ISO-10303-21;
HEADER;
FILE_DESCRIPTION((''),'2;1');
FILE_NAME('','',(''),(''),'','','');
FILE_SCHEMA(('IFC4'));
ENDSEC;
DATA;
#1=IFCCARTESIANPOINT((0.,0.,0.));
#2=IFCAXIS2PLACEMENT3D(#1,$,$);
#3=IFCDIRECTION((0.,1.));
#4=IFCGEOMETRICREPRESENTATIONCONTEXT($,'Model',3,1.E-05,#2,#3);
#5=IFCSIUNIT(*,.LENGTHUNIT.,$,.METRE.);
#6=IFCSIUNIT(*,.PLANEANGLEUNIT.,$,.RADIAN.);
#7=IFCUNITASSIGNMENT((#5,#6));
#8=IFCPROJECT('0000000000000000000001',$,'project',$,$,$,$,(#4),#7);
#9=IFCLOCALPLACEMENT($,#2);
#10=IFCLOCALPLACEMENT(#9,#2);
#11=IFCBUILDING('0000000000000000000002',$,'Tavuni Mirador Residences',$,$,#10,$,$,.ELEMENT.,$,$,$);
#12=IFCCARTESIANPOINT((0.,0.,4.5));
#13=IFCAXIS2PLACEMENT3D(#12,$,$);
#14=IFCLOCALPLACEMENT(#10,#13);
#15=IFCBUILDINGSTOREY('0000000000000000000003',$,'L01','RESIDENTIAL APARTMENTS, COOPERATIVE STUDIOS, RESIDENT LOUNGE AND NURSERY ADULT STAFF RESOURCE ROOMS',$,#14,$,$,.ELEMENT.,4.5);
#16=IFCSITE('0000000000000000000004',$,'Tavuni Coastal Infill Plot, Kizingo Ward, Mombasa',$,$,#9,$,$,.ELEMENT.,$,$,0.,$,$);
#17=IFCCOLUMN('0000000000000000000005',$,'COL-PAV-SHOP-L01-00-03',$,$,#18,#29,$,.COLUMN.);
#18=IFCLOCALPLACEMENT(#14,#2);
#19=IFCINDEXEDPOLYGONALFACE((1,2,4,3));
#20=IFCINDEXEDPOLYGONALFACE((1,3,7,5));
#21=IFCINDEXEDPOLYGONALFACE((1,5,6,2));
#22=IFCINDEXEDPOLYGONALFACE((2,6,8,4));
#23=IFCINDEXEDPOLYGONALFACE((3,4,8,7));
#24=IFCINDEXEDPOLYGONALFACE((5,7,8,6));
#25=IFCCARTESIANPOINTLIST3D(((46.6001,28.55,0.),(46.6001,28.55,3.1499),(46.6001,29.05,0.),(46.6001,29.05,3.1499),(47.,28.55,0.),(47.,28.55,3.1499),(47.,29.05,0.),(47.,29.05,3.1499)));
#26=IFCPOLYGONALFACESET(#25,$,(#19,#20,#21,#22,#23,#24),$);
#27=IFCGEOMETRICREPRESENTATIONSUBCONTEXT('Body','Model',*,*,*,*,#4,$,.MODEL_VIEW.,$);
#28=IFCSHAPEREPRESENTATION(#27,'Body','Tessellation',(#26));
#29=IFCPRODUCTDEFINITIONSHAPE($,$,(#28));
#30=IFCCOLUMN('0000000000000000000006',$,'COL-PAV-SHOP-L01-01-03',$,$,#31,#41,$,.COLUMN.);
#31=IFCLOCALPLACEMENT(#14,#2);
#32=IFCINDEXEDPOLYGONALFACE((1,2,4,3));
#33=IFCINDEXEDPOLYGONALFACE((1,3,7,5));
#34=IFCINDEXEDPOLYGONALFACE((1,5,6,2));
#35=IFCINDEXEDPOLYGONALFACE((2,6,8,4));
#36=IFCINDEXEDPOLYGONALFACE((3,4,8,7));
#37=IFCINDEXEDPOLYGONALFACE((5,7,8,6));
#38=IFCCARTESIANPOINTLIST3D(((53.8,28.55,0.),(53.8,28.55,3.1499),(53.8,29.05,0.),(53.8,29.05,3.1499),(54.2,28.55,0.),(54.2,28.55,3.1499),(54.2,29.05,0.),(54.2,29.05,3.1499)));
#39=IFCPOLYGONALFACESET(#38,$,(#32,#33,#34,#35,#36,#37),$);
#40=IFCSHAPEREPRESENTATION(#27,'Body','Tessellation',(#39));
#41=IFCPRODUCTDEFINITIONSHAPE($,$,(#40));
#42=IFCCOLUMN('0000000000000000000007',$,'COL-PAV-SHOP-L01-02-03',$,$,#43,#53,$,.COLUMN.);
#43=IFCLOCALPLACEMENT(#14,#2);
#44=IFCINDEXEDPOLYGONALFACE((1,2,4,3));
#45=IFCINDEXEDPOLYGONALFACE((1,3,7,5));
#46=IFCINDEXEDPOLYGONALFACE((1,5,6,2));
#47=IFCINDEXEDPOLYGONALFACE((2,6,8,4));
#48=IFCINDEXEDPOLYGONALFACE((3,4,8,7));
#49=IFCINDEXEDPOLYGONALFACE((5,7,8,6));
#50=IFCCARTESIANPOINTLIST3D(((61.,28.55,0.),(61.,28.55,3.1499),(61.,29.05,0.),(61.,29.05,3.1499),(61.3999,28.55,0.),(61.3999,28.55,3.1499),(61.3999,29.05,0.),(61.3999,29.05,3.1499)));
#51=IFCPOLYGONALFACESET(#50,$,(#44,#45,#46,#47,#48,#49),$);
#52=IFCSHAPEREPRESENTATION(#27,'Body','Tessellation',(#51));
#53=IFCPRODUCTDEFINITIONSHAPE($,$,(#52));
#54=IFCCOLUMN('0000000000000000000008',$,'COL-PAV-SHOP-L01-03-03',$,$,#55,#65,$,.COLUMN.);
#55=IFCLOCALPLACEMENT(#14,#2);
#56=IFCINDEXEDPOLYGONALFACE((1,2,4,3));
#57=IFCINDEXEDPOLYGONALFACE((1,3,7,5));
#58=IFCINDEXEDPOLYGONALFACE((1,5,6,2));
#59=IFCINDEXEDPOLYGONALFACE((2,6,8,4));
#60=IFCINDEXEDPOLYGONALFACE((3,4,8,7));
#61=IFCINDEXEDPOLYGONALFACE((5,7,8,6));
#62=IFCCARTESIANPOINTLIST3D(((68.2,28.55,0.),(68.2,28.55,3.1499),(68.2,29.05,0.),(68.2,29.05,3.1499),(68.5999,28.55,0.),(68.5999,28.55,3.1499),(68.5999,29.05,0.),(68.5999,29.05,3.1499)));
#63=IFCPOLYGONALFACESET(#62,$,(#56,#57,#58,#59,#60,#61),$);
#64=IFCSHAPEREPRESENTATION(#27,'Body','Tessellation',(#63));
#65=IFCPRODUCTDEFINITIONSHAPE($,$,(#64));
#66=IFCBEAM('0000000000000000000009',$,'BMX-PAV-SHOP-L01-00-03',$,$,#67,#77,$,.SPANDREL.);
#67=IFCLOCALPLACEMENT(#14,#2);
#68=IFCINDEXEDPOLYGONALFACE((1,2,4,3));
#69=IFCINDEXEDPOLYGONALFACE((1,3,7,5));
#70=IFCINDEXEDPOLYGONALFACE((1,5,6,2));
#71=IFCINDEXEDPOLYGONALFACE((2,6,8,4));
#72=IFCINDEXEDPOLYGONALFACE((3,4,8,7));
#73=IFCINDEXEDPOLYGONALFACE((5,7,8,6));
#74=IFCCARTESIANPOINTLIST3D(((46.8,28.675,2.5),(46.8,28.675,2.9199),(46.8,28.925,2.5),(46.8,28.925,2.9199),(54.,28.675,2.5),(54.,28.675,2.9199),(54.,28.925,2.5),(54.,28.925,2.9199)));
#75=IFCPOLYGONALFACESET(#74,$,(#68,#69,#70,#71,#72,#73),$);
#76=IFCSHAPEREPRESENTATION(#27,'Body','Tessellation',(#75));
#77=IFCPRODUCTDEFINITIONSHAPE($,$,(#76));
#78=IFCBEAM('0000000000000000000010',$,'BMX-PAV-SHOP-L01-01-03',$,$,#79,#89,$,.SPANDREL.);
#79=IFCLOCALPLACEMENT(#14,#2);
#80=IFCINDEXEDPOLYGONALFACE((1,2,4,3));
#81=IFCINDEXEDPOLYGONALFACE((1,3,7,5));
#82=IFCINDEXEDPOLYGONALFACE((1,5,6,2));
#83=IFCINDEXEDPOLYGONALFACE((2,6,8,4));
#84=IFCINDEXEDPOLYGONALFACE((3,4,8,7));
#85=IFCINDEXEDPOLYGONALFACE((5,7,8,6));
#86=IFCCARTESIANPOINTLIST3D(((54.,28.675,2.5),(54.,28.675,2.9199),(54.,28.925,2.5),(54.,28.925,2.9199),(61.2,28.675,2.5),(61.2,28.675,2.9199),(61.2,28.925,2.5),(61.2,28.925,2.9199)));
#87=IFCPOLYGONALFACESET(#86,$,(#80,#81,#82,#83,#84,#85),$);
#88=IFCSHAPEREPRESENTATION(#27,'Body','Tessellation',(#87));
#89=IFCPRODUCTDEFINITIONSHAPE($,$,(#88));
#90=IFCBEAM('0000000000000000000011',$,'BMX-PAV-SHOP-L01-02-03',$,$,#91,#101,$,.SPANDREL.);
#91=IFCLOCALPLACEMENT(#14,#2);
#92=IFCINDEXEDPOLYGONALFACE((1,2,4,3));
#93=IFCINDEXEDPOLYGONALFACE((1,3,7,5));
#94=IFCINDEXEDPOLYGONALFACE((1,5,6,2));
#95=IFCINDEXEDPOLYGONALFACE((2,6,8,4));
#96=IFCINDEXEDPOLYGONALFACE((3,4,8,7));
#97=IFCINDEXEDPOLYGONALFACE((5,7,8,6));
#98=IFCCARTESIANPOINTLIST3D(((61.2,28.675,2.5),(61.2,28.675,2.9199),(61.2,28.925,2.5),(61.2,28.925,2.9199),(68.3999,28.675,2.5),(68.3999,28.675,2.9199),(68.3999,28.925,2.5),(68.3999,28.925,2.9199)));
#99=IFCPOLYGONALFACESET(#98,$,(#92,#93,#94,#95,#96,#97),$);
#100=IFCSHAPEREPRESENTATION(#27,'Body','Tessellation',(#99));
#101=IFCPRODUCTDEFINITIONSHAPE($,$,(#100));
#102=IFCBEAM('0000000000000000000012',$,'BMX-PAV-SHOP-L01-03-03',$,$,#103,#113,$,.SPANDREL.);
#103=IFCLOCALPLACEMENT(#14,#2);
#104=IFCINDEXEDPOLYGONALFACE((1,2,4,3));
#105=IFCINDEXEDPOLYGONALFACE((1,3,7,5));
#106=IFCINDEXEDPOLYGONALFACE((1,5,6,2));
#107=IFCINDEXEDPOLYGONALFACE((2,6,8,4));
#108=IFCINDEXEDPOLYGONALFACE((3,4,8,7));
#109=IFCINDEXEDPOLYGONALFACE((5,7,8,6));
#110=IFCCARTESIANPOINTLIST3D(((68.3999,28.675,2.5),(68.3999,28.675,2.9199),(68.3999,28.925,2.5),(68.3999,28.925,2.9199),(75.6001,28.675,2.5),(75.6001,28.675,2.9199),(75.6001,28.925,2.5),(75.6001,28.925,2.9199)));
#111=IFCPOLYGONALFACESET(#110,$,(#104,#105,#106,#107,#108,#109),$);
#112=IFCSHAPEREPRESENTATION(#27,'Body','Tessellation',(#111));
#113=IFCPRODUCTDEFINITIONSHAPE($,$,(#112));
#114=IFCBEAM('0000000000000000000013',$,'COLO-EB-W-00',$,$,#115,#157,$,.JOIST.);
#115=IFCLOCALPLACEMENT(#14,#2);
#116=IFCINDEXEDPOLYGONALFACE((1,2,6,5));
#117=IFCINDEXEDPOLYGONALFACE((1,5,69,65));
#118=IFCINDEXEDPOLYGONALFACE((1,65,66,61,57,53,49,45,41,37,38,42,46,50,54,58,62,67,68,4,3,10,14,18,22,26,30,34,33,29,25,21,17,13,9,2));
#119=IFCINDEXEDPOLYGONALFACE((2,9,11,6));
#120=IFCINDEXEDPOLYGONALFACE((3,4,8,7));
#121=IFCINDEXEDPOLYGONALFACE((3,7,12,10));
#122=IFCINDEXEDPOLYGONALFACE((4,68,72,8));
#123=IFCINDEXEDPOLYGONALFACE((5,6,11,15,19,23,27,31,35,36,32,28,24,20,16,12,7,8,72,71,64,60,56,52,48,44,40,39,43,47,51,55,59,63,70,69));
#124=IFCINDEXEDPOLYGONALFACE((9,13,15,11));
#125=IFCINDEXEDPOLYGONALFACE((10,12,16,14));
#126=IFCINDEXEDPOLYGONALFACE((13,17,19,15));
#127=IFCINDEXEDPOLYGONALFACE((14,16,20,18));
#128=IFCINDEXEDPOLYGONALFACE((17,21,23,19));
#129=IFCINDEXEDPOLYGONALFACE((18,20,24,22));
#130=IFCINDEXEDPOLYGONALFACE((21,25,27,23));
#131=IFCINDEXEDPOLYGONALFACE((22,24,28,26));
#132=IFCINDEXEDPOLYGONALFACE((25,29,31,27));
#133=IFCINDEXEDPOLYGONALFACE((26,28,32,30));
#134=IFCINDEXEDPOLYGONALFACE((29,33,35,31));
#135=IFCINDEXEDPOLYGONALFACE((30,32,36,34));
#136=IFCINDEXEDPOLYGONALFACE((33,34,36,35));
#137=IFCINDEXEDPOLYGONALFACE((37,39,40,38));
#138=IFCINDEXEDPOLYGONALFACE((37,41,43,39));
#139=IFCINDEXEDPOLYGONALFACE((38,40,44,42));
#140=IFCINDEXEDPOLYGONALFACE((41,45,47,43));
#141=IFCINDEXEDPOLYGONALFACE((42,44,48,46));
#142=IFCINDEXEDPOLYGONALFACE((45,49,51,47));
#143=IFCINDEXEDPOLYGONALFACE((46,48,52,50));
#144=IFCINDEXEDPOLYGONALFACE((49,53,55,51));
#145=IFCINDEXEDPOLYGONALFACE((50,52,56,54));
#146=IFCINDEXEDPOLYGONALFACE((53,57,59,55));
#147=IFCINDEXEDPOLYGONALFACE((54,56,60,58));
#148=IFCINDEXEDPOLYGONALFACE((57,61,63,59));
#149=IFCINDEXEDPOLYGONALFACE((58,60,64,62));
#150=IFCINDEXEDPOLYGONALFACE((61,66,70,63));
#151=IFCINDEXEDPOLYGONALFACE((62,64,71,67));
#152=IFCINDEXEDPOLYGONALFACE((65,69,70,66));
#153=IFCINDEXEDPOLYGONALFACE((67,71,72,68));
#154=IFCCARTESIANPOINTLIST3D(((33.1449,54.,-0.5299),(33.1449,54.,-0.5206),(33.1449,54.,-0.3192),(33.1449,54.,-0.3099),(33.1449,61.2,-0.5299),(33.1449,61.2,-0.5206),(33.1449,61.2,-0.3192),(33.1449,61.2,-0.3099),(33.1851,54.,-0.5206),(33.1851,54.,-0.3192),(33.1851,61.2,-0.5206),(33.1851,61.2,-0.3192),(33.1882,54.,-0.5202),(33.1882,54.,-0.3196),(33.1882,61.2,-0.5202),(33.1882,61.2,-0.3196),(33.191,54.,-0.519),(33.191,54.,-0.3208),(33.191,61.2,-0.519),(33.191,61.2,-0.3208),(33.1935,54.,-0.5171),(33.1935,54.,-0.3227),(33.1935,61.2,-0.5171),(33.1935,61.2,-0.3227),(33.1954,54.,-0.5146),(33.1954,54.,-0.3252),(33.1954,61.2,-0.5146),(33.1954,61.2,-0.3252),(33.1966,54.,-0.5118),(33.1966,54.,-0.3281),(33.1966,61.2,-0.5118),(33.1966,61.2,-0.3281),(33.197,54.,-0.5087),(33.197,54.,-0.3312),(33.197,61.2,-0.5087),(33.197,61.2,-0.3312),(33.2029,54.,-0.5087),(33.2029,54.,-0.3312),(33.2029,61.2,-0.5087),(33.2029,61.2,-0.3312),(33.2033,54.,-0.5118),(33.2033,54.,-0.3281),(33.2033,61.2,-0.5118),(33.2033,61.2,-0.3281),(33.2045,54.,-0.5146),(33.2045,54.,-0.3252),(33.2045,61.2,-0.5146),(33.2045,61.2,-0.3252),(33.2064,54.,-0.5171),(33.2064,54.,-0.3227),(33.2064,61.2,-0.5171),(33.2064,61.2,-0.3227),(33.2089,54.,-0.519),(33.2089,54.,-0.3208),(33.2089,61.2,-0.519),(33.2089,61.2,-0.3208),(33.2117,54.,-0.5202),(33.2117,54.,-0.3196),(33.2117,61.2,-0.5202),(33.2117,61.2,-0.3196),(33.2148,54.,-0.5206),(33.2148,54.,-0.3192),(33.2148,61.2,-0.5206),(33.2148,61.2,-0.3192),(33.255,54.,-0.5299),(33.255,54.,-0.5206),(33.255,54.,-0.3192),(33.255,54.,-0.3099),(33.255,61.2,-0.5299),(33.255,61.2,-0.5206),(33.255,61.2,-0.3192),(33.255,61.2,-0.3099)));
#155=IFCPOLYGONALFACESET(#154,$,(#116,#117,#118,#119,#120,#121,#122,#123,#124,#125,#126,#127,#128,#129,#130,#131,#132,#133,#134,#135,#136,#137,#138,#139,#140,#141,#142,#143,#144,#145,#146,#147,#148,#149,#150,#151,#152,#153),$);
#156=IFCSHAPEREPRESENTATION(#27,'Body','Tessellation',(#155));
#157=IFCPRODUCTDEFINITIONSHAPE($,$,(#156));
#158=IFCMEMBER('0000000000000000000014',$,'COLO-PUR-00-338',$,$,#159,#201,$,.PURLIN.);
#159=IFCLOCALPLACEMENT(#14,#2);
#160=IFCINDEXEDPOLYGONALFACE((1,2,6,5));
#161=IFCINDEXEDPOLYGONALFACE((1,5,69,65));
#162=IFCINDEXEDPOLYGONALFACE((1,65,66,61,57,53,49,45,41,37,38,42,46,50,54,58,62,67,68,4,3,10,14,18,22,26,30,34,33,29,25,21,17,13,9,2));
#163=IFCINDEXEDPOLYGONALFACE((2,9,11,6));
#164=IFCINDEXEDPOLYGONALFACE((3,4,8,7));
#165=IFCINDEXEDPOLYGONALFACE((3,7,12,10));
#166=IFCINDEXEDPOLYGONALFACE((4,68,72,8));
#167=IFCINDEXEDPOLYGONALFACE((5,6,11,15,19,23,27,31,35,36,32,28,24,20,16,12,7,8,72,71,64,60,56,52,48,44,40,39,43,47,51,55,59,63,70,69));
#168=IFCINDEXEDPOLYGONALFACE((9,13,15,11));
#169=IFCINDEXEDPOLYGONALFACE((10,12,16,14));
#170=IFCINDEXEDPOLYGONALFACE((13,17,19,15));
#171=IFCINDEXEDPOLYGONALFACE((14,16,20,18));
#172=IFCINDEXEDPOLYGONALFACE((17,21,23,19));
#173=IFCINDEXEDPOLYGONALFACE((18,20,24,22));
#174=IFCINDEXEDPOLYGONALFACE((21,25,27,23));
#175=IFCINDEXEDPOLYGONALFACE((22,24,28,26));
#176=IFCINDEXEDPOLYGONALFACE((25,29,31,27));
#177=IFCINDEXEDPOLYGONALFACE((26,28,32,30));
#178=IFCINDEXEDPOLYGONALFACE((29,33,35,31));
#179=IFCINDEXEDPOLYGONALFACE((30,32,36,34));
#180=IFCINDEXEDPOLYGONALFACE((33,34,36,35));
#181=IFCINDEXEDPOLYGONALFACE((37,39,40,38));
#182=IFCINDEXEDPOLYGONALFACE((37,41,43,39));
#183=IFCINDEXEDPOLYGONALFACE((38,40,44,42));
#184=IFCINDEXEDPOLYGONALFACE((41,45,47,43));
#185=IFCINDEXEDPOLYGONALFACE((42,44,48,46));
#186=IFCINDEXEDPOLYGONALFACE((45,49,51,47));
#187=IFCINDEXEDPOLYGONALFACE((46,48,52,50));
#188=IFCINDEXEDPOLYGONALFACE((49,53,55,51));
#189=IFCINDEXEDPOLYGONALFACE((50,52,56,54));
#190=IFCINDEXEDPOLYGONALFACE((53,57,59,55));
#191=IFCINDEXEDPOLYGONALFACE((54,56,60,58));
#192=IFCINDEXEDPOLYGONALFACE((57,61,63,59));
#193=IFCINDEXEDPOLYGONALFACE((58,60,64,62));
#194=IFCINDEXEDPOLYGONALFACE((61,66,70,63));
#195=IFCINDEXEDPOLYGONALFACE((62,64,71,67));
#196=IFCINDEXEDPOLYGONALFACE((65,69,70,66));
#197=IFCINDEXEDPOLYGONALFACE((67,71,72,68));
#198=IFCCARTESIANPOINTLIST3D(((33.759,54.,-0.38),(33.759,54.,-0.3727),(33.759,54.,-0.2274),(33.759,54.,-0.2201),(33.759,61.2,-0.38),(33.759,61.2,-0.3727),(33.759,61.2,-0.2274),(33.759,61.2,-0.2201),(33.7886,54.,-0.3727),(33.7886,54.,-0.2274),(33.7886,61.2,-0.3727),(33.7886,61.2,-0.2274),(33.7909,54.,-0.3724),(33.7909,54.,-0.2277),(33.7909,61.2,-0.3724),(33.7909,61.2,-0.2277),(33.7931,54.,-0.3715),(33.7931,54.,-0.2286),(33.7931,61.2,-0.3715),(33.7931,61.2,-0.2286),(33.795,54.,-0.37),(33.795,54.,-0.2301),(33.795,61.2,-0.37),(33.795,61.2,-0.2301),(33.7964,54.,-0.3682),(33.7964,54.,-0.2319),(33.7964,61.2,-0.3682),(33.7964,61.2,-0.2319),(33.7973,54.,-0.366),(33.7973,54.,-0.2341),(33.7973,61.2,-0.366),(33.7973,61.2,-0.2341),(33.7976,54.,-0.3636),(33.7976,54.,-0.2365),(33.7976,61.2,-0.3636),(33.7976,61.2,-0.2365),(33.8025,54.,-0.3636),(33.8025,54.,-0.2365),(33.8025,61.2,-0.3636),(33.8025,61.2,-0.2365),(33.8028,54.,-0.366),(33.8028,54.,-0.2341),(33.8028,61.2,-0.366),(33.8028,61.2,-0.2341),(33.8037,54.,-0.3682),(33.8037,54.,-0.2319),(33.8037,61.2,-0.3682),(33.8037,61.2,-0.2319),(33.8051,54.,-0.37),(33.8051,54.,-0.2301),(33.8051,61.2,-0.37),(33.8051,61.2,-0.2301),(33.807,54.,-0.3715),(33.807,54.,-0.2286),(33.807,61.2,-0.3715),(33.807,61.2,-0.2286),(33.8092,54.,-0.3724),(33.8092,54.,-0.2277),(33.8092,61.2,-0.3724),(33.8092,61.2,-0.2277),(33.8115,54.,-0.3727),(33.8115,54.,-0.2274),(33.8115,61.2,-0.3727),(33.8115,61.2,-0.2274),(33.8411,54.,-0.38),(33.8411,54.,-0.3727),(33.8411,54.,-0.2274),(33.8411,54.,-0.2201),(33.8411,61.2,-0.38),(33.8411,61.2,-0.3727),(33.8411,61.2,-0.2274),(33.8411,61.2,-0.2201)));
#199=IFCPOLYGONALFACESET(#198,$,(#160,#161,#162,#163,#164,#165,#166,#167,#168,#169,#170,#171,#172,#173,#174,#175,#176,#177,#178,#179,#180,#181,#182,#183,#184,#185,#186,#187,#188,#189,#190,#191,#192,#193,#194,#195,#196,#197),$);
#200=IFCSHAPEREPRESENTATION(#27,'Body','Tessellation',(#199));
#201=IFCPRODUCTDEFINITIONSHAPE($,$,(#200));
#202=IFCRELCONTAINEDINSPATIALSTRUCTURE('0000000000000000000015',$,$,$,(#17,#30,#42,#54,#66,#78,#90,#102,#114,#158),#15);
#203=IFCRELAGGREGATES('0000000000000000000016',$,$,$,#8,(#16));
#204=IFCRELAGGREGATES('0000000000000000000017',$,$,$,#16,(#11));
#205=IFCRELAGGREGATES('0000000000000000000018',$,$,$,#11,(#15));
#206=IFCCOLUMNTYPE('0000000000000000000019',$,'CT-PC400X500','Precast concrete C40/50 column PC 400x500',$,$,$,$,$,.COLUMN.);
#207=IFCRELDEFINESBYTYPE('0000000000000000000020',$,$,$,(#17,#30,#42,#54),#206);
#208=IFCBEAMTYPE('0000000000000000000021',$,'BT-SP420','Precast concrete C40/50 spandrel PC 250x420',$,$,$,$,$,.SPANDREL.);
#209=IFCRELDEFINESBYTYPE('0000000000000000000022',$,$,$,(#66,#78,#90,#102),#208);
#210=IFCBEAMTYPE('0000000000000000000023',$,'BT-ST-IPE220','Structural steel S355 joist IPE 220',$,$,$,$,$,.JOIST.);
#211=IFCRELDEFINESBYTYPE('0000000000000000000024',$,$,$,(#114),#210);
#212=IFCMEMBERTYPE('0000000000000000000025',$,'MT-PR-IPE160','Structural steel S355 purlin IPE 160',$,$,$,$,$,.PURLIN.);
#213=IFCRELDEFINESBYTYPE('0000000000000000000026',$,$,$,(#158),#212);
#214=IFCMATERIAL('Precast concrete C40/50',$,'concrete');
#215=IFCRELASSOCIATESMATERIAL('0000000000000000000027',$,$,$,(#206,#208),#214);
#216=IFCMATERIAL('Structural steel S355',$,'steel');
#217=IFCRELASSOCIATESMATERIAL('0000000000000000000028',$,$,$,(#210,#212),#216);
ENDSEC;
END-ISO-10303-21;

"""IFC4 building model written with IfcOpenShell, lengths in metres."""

from ifc_helpers import new_model, si_unit, direction, frame, origin, origin_2d, place, context, subcontext, project, spatial, rectangle, i_section, extrude, material, material_profile, profile_set, type_object, element, save


model = new_model("IFC4")

# Units and contexts
model_context = context("Model", 3, precision=1e-05, world=origin(), true_north=direction((0.0, 1.0)))
body_context = subcontext(model_context, "Body", "Model", "MODEL_VIEW")
ifc_project = project(units=[si_unit("LENGTHUNIT", "METRE"), si_unit("PLANEANGLEUNIT", "RADIAN")], contexts=[model_context])

# Site, building, storey
site_placement = place(None, origin())
site = spatial("IfcSite", under=ifc_project, at=site_placement, Name="Tavuni Coastal Infill Plot, Kizingo Ward, Mombasa", CompositionType="ELEMENT", RefElevation=0.0)
building_placement = place(site_placement, origin())
building = spatial("IfcBuilding", under=site, at=building_placement, Name="Tavuni Mirador Residences", CompositionType="ELEMENT")
storey_placement = place(building_placement, frame((0.0, 0.0, 4.5)))
storey = spatial("IfcBuildingStorey", under=building, at=storey_placement, Name="L01", Description="RESIDENTIAL APARTMENTS, COOPERATIVE STUDIOS, RESIDENT LOUNGE AND NURSERY ADULT STAFF RESOURCE ROOMS", CompositionType="ELEMENT", Elevation=4.5)

# Columns
ifc_material_1 = material(Name="Precast concrete C40/50", Category="concrete")
ifc_material_profile_1 = material_profile(ifc_material_1, rectangle(XDim=0.3999, YDim=0.5, at=origin_2d()), Name="PC 400x500", Category="concrete")
ifc_profile_set_1 = profile_set([ifc_material_profile_1], Name="Precast concrete C40/50")
column_type = type_object("IfcColumnType", Name="CT-PC400X500", Description="Precast concrete C40/50 column PC 400x500", PredefinedType="COLUMN", material=ifc_profile_set_1)
for number, where, z_axis, x_axis, name in (
    (1, (46.8, 28.8, 0.0), (0.0, 0.0, 1.0), (1.0, 0.0, 0.0), "COL-PAV-SHOP-L01-00-03"),
    (2, (54.0, 28.8, 0.0), (0.0, 0.0, 1.0), (1.0, 0.0, 0.0), "COL-PAV-SHOP-L01-01-03"),
    (3, (61.2, 28.8, 0.0), (0.0, 0.0, 1.0), (1.0, 0.0, 0.0), "COL-PAV-SHOP-L01-02-03"),
    (4, (68.3999, 28.8, 0.0), (0.0, 0.0, 1.0), (1.0, 0.0, 0.0), "COL-PAV-SHOP-L01-03-03"),
):
    element("IfcColumn", number, at=place(storey_placement, frame(where, z_axis=z_axis, x_axis=x_axis)), inside=storey, type_object=column_type, Name=name, PredefinedType="COLUMN", context=body_context, shape_type="SweptSolid", body=[
        extrude(rectangle(XDim=0.3999, YDim=0.5, at=origin_2d()), origin(), (0.0, 0.0, 1.0), 3.1499),
    ])

# Beams
ifc_material_profile_2 = material_profile(ifc_material_1, rectangle(XDim=0.25, YDim=0.4199, at=origin_2d()), Name="PC 250x420", Category="concrete")
ifc_profile_set_2 = profile_set([ifc_material_profile_2], Name="Precast concrete C40/50")
beam_type_1 = type_object("IfcBeamType", Name="BT-SP420", Description="Precast concrete C40/50 spandrel PC 250x420", PredefinedType="SPANDREL", material=ifc_profile_set_2)
for number, where, z_axis, x_axis, name in (
    (5, (46.8, 28.8, 2.71), (1.0, 0.0, 0.0), (0.0, 1.0, 0.0), "BMX-PAV-SHOP-L01-00-03"),
    (6, (54.0, 28.8, 2.71), (1.0, 0.0, 0.0), (0.0, 1.0, 0.0), "BMX-PAV-SHOP-L01-01-03"),
    (7, (61.2, 28.8, 2.71), (1.0, 0.0, 0.0), (0.0, 1.0, 0.0), "BMX-PAV-SHOP-L01-02-03"),
):
    element("IfcBeam", number, at=place(storey_placement, frame(where, z_axis=z_axis, x_axis=x_axis)), inside=storey, type_object=beam_type_1, Name=name, PredefinedType="SPANDREL", context=body_context, shape_type="SweptSolid", body=[
        extrude(rectangle(XDim=0.25, YDim=0.4199, at=origin_2d()), origin(), (0.0, 0.0, 1.0), 7.2),
    ])
beam_1_placement = place(storey_placement, frame((68.3999, 28.8, 2.71), z_axis=(1.0, 0.0, 0.0), x_axis=(0.0, 1.0, 0.0)))
element("IfcBeam", 8, at=beam_1_placement, inside=storey, type_object=beam_type_1, Name="BMX-PAV-SHOP-L01-03-03", PredefinedType="SPANDREL", context=body_context, shape_type="SweptSolid", body=[
    extrude(rectangle(XDim=0.25, YDim=0.4199, at=origin_2d()), origin(), (0.0, 0.0, 1.0), 7.2002),
])
ifc_material_2 = material(Name="Structural steel S355", Category="steel")
ifc_material_profile_3 = material_profile(ifc_material_2, i_section(OverallWidth=0.1101, OverallDepth=0.22, WebThickness=0.0059, FlangeThickness=0.0093, FilletRadius=0.012, at=origin_2d()), Name="IPE 220", Category="steel")
ifc_profile_set_3 = profile_set([ifc_material_profile_3], Name="Structural steel S355")
beam_type_2 = type_object("IfcBeamType", Name="BT-ST-IPE220", Description="Structural steel S355 joist IPE 220", PredefinedType="JOIST", material=ifc_profile_set_3)
beam_2_placement = place(storey_placement, frame((33.2, 54.0, -0.4199), z_axis=(0.0, 1.0, 0.0), x_axis=(-1.0, 0.0, 0.0)))
element("IfcBeam", 9, at=beam_2_placement, inside=storey, type_object=beam_type_2, Name="COLO-EB-W-00", PredefinedType="JOIST", context=body_context, shape_type="SweptSolid", body=[
    extrude(i_section(OverallWidth=0.1101, OverallDepth=0.22, WebThickness=0.0059, FlangeThickness=0.0093, FilletRadius=0.012, at=origin_2d()), origin(), (0.0, 0.0, 1.0), 7.2),
])

# Member
ifc_material_profile_4 = material_profile(ifc_material_2, i_section(OverallWidth=0.082, OverallDepth=0.1599, WebThickness=0.0049, FlangeThickness=0.0073, FilletRadius=0.009, at=origin_2d()), Name="IPE 160", Category="steel")
ifc_profile_set_4 = profile_set([ifc_material_profile_4], Name="Structural steel S355")
member_type = type_object("IfcMemberType", Name="MT-PR-IPE160", Description="Structural steel S355 purlin IPE 160", PredefinedType="PURLIN", material=ifc_profile_set_4)
member_placement = place(storey_placement, frame((33.8, 54.0, -0.3), z_axis=(0.0, 1.0, 0.0), x_axis=(-1.0, 0.0, 0.0)))
element("IfcMember", 10, at=member_placement, inside=storey, type_object=member_type, Name="COLO-PUR-00-338", PredefinedType="PURLIN", context=body_context, shape_type="SweptSolid", body=[
    extrude(i_section(OverallWidth=0.082, OverallDepth=0.1599, WebThickness=0.0049, FlangeThickness=0.0073, FilletRadius=0.009, at=origin_2d()), origin(), (0.0, 0.0, 1.0), 7.2),
])

save(model, "model.ifc")
